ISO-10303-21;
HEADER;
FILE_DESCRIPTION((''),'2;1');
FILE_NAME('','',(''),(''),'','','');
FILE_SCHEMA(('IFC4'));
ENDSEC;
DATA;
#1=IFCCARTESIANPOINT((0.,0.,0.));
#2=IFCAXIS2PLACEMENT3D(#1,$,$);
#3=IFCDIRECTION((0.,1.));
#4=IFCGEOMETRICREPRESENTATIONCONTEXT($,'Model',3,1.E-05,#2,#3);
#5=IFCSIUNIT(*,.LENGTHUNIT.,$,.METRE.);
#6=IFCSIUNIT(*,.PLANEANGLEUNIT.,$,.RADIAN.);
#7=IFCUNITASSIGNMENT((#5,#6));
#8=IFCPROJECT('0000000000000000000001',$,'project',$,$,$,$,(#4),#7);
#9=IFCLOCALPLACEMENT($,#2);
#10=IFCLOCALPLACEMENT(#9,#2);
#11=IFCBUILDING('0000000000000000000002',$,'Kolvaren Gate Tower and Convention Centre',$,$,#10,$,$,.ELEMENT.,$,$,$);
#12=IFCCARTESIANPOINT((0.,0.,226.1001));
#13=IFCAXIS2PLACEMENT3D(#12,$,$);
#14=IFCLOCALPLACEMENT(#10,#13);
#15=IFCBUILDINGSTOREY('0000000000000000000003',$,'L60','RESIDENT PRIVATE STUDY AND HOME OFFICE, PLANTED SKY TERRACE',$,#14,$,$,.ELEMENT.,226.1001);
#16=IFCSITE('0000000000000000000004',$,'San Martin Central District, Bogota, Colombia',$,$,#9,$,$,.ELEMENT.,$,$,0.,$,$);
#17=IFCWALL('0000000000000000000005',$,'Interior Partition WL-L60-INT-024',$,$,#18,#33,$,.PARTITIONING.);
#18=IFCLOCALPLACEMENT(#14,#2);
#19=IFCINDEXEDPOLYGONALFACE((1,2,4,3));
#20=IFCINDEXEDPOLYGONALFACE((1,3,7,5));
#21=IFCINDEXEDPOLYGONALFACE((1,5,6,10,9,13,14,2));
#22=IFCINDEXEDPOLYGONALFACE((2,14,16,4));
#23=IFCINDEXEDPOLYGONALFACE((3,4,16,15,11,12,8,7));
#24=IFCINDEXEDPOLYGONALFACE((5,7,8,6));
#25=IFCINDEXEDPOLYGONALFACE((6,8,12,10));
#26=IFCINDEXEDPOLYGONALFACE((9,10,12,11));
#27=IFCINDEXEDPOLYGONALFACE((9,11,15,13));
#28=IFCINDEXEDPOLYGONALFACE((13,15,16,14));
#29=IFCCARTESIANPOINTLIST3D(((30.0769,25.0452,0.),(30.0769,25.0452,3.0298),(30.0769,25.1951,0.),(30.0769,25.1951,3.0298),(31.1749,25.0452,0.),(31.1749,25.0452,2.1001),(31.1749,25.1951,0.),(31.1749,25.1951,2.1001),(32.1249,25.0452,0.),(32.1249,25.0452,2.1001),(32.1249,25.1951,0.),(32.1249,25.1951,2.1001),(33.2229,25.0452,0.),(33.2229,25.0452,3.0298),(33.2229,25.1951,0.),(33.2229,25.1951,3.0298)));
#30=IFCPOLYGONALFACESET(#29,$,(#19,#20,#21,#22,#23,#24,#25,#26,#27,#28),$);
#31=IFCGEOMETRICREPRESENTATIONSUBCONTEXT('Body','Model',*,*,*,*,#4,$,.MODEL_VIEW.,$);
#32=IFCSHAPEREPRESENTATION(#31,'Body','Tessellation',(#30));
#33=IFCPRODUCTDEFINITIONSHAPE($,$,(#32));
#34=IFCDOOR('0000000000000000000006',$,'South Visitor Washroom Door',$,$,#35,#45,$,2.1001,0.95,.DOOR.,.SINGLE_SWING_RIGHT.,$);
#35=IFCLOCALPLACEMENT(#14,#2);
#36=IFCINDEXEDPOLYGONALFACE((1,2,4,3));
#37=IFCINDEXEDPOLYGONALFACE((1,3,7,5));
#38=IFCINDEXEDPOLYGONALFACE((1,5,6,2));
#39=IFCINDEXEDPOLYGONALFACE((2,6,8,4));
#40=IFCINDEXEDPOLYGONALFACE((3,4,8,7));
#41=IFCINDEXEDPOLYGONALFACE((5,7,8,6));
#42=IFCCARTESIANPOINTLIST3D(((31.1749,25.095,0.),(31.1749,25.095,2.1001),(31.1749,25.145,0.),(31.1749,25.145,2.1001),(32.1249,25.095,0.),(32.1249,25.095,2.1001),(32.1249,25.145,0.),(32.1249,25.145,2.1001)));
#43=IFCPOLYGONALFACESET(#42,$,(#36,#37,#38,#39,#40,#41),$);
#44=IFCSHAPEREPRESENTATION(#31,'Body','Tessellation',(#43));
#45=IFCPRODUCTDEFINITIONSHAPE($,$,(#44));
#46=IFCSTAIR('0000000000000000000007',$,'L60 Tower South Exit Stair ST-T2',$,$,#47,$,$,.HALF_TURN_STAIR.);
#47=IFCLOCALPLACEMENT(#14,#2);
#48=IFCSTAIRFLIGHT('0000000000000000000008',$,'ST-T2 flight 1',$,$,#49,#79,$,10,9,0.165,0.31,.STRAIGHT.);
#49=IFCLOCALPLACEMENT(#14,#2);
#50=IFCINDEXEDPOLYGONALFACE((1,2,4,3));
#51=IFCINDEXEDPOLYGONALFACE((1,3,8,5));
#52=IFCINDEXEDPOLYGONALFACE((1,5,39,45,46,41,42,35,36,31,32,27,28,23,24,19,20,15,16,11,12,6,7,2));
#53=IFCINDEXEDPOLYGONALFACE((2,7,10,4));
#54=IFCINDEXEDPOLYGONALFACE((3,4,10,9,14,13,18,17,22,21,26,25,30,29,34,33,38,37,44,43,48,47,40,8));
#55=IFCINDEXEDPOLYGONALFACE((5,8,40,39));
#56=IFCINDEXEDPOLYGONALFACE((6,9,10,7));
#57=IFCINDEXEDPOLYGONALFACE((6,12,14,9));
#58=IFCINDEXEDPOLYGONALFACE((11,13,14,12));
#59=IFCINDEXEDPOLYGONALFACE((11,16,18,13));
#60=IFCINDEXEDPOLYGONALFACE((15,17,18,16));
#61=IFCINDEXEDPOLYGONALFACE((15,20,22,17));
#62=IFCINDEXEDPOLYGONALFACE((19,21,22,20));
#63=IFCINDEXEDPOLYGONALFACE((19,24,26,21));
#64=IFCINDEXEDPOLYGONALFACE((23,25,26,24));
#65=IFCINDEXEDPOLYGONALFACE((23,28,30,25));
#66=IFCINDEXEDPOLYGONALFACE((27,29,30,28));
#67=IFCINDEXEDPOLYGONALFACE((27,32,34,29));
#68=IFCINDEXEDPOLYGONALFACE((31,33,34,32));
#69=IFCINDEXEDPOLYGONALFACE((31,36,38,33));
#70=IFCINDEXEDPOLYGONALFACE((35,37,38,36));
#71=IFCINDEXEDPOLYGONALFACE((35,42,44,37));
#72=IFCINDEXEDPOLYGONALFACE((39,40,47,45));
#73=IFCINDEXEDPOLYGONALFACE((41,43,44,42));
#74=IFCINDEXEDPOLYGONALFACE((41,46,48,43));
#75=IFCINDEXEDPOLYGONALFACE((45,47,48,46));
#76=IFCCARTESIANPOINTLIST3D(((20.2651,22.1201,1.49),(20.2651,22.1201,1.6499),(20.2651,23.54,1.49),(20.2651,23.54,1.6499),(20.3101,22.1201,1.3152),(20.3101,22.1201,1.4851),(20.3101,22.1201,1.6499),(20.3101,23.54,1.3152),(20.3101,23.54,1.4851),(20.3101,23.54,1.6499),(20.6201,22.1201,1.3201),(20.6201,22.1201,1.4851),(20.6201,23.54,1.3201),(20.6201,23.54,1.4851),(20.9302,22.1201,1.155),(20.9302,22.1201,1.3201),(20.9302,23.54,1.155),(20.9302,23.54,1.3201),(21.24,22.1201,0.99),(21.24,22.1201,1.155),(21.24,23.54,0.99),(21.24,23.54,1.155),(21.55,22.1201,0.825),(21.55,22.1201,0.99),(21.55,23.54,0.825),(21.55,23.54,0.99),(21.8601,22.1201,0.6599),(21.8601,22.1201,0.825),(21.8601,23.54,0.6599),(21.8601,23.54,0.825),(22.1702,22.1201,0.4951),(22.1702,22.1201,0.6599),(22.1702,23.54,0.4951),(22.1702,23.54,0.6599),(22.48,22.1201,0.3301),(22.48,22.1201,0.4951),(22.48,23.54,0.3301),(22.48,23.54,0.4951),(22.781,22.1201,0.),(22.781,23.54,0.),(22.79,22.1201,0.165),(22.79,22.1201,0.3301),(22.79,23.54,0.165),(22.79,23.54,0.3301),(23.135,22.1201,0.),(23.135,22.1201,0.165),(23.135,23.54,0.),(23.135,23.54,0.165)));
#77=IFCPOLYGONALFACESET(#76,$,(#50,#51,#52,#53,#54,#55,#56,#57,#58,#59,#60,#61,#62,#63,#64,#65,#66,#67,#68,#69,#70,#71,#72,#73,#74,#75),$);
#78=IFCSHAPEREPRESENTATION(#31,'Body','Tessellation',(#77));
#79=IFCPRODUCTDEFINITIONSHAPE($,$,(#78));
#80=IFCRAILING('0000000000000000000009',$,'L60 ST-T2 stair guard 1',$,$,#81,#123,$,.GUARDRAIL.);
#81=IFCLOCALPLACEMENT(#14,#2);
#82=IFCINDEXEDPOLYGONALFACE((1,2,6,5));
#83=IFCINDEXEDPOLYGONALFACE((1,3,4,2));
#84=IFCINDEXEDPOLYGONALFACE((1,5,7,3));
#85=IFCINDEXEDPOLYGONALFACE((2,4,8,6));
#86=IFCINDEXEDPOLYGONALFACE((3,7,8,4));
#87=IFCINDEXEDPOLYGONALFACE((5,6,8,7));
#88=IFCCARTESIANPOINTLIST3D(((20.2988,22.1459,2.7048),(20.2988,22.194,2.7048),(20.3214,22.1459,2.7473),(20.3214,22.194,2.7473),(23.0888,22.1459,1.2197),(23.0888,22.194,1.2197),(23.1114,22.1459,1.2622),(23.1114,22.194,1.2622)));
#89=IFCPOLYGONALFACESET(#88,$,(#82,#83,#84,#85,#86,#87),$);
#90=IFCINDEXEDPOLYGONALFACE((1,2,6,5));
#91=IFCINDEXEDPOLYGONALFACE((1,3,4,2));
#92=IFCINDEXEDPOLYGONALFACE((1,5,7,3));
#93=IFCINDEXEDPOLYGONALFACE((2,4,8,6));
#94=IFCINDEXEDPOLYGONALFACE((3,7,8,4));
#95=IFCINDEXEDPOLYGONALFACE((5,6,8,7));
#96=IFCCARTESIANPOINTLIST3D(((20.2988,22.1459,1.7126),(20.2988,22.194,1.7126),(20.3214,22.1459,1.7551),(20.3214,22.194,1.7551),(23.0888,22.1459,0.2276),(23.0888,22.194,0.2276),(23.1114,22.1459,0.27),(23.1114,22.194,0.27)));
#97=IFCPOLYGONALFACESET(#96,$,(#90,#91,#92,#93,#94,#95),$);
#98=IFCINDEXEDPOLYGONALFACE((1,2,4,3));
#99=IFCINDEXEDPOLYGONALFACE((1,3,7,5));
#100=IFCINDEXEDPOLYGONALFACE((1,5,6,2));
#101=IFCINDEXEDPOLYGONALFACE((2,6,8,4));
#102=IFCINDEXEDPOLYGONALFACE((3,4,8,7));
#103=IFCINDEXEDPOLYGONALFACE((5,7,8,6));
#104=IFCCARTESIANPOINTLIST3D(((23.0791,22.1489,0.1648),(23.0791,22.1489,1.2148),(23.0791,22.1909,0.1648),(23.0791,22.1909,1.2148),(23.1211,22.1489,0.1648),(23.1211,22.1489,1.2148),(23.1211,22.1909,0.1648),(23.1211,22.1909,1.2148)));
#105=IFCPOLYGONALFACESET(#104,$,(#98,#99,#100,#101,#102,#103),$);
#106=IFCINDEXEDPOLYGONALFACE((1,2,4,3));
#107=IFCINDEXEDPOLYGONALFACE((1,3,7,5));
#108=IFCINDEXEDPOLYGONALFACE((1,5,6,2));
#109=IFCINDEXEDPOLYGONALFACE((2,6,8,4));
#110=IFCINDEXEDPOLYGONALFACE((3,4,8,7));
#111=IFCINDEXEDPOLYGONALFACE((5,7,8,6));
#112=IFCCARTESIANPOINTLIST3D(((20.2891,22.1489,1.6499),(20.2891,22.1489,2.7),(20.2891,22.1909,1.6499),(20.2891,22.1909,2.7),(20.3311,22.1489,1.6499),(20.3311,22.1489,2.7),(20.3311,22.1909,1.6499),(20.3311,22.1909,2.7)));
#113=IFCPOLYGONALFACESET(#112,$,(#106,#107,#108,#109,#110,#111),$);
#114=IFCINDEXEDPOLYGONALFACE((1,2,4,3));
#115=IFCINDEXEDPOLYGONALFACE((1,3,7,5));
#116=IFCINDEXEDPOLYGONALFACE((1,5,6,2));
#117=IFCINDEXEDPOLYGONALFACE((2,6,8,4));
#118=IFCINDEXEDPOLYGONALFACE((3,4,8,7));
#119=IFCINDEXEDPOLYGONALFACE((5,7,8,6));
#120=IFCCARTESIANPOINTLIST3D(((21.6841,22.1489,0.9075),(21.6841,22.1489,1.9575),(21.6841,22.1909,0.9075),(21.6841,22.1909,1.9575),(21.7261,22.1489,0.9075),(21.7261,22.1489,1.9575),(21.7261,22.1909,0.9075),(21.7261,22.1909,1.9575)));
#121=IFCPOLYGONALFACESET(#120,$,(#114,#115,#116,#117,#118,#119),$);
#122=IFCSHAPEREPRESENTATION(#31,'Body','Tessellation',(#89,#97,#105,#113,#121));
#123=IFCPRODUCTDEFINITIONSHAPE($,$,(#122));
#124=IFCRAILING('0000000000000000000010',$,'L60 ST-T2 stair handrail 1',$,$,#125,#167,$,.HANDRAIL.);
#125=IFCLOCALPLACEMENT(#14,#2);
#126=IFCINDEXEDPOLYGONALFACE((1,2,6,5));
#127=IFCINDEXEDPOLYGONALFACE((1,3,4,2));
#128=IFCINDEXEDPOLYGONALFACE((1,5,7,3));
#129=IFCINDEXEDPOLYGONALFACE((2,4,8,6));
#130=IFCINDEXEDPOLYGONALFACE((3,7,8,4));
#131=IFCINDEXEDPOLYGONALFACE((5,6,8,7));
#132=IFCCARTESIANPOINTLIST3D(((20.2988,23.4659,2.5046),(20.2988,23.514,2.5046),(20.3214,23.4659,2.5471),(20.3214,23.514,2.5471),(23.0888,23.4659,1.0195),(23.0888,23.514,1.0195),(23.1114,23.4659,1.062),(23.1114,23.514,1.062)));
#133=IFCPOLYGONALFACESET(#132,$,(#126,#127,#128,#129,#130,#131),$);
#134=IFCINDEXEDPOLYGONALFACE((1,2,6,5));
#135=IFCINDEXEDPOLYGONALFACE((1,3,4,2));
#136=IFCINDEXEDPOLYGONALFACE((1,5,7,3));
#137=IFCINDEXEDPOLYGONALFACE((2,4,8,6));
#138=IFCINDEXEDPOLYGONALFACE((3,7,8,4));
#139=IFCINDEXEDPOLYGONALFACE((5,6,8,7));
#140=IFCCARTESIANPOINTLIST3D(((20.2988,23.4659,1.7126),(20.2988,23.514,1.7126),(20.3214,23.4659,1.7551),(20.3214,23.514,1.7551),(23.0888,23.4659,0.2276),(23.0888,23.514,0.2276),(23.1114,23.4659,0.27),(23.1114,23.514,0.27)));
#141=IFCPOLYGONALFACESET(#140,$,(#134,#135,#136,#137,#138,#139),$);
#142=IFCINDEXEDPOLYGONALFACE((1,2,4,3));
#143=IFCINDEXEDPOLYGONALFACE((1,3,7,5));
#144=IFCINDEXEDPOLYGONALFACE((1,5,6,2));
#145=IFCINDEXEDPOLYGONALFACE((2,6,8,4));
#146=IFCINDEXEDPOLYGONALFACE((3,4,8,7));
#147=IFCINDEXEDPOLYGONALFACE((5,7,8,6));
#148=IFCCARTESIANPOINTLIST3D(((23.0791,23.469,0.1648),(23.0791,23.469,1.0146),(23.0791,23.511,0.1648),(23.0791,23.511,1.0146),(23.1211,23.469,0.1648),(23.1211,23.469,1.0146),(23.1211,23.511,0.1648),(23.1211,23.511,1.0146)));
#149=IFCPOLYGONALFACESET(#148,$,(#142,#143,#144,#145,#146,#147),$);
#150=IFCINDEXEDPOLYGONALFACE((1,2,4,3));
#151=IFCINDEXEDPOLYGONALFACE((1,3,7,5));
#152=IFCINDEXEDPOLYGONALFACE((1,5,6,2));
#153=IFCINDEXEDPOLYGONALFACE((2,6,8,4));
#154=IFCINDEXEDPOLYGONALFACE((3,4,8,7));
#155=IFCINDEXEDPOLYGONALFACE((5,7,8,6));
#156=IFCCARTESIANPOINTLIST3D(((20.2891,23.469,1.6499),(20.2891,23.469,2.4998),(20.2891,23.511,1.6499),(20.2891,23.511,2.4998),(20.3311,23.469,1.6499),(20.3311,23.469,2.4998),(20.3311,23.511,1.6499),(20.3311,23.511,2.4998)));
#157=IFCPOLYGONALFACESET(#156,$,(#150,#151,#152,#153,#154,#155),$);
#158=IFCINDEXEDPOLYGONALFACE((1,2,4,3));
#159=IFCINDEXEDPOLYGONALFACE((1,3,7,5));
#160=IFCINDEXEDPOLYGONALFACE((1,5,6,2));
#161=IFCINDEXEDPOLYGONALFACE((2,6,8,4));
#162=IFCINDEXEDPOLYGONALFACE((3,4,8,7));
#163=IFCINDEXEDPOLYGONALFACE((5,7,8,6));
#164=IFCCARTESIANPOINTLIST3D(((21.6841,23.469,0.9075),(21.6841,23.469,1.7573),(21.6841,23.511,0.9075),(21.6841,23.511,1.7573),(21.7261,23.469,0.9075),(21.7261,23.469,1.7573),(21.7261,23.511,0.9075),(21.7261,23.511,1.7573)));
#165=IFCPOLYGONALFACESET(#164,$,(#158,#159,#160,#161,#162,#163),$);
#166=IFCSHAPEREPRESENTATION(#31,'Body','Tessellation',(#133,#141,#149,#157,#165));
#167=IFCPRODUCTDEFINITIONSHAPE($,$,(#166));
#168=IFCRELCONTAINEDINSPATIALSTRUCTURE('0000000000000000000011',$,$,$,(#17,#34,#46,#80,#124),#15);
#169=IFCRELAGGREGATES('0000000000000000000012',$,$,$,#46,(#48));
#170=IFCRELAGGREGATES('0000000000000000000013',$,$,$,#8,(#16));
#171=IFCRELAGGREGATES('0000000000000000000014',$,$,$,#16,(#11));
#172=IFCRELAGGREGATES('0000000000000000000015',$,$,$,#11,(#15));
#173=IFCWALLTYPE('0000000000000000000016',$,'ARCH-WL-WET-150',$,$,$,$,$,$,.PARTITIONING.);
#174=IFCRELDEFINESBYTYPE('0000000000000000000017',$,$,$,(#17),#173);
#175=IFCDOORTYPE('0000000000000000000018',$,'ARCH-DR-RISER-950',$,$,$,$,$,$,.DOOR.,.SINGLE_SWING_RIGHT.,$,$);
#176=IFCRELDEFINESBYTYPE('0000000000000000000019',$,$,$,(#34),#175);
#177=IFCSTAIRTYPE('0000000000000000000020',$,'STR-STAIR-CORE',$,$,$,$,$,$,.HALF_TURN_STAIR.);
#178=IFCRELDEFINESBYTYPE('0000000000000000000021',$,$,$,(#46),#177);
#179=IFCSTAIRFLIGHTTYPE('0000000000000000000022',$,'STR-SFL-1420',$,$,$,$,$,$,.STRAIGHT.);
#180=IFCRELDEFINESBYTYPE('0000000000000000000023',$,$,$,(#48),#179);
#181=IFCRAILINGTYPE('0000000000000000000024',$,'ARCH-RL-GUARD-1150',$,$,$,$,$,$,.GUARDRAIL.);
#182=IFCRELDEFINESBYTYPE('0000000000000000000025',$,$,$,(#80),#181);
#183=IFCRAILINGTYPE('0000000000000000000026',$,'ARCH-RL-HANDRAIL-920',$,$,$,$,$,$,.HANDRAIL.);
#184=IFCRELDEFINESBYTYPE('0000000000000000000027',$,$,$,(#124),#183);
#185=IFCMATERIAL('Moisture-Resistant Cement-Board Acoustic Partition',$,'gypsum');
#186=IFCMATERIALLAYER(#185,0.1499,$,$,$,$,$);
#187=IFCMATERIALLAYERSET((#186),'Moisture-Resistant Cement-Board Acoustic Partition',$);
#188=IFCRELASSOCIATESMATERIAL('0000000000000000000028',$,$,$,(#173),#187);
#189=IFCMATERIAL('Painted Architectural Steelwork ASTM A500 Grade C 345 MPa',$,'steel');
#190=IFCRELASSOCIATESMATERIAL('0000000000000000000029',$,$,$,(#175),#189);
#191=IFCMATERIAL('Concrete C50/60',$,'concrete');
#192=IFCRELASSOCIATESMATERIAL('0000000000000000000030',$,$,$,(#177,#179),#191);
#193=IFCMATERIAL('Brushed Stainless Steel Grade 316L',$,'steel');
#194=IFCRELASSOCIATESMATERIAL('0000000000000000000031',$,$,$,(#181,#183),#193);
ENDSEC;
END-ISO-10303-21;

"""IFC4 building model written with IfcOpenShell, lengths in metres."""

from ifc_helpers import new_model, si_unit, direction, frame, frame_2d, origin, origin_2d, place, context, subcontext, project, spatial, polyline, rectangle, outline, extrude, material, layer, layer_set, type_object, element, fill, aggregate, save


model = new_model("IFC4")

# Units and contexts
model_context = context("Model", 3, precision=1e-05, world=origin(), true_north=direction((0.0, 1.0)))
body_context = subcontext(model_context, "Body", "Model", "MODEL_VIEW")
ifc_project = project(units=[si_unit("LENGTHUNIT", "METRE"), si_unit("PLANEANGLEUNIT", "RADIAN")], contexts=[model_context])

# Site, building, storey
site_placement = place(None, origin())
site = spatial("IfcSite", under=ifc_project, at=site_placement, Name="San Martin Central District, Bogota, Colombia", CompositionType="ELEMENT", RefElevation=0.0)
building_placement = place(site_placement, origin())
building = spatial("IfcBuilding", under=site, at=building_placement, Name="Kolvaren Gate Tower and Convention Centre", CompositionType="ELEMENT")
storey_placement = place(building_placement, frame((0.0, 0.0, 226.1001)))
storey = spatial("IfcBuildingStorey", under=building, at=storey_placement, Name="L60", Description="RESIDENT PRIVATE STUDY AND HOME OFFICE, PLANTED SKY TERRACE", CompositionType="ELEMENT", Elevation=226.1001)

# Shared definitions
ifc_material_1 = material(Name="Brushed Stainless Steel Grade 316L", Category="steel")

# Shared definitions
ifc_material_2 = material(Name="Moisture-Resistant Cement-Board Acoustic Partition", Category="gypsum")
ifc_layer_1 = layer(ifc_material_2, 0.1499)
ifc_layer_set_1 = layer_set([ifc_layer_1], Name="Moisture-Resistant Cement-Board Acoustic Partition")
wall_type_1 = type_object("IfcWallType", Name="ARCH-WL-WET-150", PredefinedType="PARTITIONING", material=ifc_layer_set_1)

# Wall, opening, door
wall_1_placement = place(storey_placement, frame((30.0769, 25.1201, 0.0), z_axis=(0.0, 0.0, 1.0), x_axis=(1.0, 0.0, 0.0)))
wall_1 = element("IfcWall", 1, at=wall_1_placement, inside=storey, type_object=wall_type_1, Name="Interior Partition WL-L60-INT-024", PredefinedType="PARTITIONING", context=body_context, shape_type="SweptSolid", body=[
    extrude(rectangle(XDim=3.146, YDim=0.1499, at=frame_2d((1.573, 0.0))), origin(), (0.0, 0.0, 1.0), 3.0298),
])
opening_1_placement = place(wall_1_placement, frame((1.0979, 0.0, 0.0)))
opening_1 = element("IfcOpeningElement", 2, at=opening_1_placement, cuts=wall_1, PredefinedType="OPENING", context=body_context, shape_type="SweptSolid", body=[
    extrude(rectangle(XDim=0.95, YDim=2.1001, at=frame_2d((0.4751, 1.05))), frame((0.0, 0.085, 0.0), z_axis=(0.0, -1.0, 0.0), x_axis=(1.0, 0.0, 0.0)), (0.0, 0.0, 1.0), 0.1699),
])
ifc_material_3 = material(Name="Painted Architectural Steelwork ASTM A500 Grade C 345 MPa", Category="steel")
door_type_1 = type_object("IfcDoorType", Name="ARCH-DR-RISER-950", OperationType="SINGLE_SWING_RIGHT", PredefinedType="DOOR", material=ifc_material_3)
door_1_placement = place(opening_1_placement, origin())
door_1 = element("IfcDoor", 3, at=door_1_placement, inside=storey, type_object=door_type_1, Name="South Visitor Washroom Door", OperationType="SINGLE_SWING_RIGHT", OverallHeight=2.1001, OverallWidth=0.95, PredefinedType="DOOR", context=body_context, shape_type="SweptSolid", body=[
    extrude(rectangle(XDim=0.95, YDim=2.1001, at=frame_2d((0.4751, 1.05))), frame((0.0, 0.0249, 0.0), z_axis=(0.0, -1.0, 0.0), x_axis=(1.0, 0.0, 0.0)), (0.0, 0.0, 1.0), 0.05),
])
fill(opening_1, door_1)

# Stair, stair flight
ifc_material_4 = material(Name="Concrete C50/60", Category="concrete")
stair_type = type_object("IfcStairType", Name="STR-STAIR-CORE", PredefinedType="HALF_TURN_STAIR", material=ifc_material_4)
stair_placement = place(storey_placement, origin())
stair = element("IfcStair", 4, at=stair_placement, inside=storey, type_object=stair_type, Name="L60 Tower South Exit Stair ST-T2", PredefinedType="HALF_TURN_STAIR")
stair_flight_type = type_object("IfcStairFlightType", Name="STR-SFL-1420", PredefinedType="STRAIGHT", material=ifc_material_4)
stair_flight_placement = place(storey_placement, frame((23.1001, 22.8301, 0.0), z_axis=(0.0, 0.0, 1.0), x_axis=(-1.0, 0.0, 0.0)))
stair_flight = element("IfcStairFlight", 5, at=stair_flight_placement, type_object=stair_flight_type, Name="ST-T2 flight 1", NumberOfRisers=10, NumberOfTreads=9, PredefinedType="STRAIGHT", RiserHeight=0.165, TreadLength=0.31, context=body_context, shape_type="SweptSolid", body=[
    extrude(outline(polyline([(-0.0349, 0.0), (-0.0349, 0.165), (0.3101, 0.165), (0.3101, 0.3301), (0.6201, 0.3301), (0.6201, 0.4951), (0.9299, 0.4951), (0.9299, 0.6599), (1.24, 0.6599), (1.24, 0.825), (1.55, 0.825), (1.55, 0.99), (1.8601, 0.99), (1.8601, 1.155), (2.1699, 1.155), (2.1699, 1.3201), (2.48, 1.3201), (2.48, 1.4851), (2.79, 1.4851), (2.79, 1.6499), (2.835, 1.6499), (2.835, 1.49), (2.79, 1.3152), (0.3191, 0.0), (-0.0349, 0.0)])), frame((0.0, 0.71, 0.0), z_axis=(0.0, -1.0, 0.0), x_axis=(1.0, 0.0, 0.0)), (0.0, 0.0, 1.0), 1.4199),
])
aggregate(stair, [stair_flight])

# Railings
railing_type_1 = type_object("IfcRailingType", Name="ARCH-RL-GUARD-1150", PredefinedType="GUARDRAIL", material=ifc_material_1)
railing_1_placement = place(storey_placement, frame((23.1001, 22.1699, 0.1648)))
element("IfcRailing", 6, at=railing_1_placement, inside=storey, type_object=railing_type_1, Name="L60 ST-T2 stair guard 1", PredefinedType="GUARDRAIL", context=body_context, shape_type="SweptSolid", body=[
    extrude(rectangle(XDim=0.0481, YDim=0.0481, at=origin_2d()), frame((0.0, 0.0, 1.0762), z_axis=(-0.882735, 0.0, 0.46987), x_axis=(0.0, -1.0, 0.0)), (0.0, 0.0, 1.0), 3.1606),
    extrude(rectangle(XDim=0.0481, YDim=0.0481, at=origin_2d()), frame((0.0, 0.0, 0.084), z_axis=(-0.882735, 0.0, 0.46987), x_axis=(0.0, -1.0, 0.0)), (0.0, 0.0, 1.0), 3.1606),
    extrude(rectangle(XDim=0.042, YDim=0.042, at=origin_2d()), origin(), (0.0, 0.0, 1.0), 1.05),
    extrude(rectangle(XDim=0.042, YDim=0.042, at=origin_2d()), frame((-2.79, 0.0, 1.4851)), (0.0, 0.0, 1.0), 1.05),
    extrude(rectangle(XDim=0.042, YDim=0.042, at=origin_2d()), frame((-1.395, 0.0, 0.7427)), (0.0, 0.0, 1.0), 1.05),
])
railing_type_2 = type_object("IfcRailingType", Name="ARCH-RL-HANDRAIL-920", PredefinedType="HANDRAIL", material=ifc_material_1)
railing_2_placement = place(storey_placement, frame((23.1001, 23.49, 0.1648)))
element("IfcRailing", 7, at=railing_2_placement, inside=storey, type_object=railing_type_2, Name="L60 ST-T2 stair handrail 1", PredefinedType="HANDRAIL", context=body_context, shape_type="SweptSolid", body=[
    extrude(rectangle(XDim=0.0481, YDim=0.0481, at=origin_2d()), frame((0.0, 0.0, 0.876), z_axis=(-0.882735, 0.0, 0.46987), x_axis=(0.0, -1.0, 0.0)), (0.0, 0.0, 1.0), 3.1606),
    extrude(rectangle(XDim=0.0481, YDim=0.0481, at=origin_2d()), frame((0.0, 0.0, 0.084), z_axis=(-0.882735, 0.0, 0.46987), x_axis=(0.0, -1.0, 0.0)), (0.0, 0.0, 1.0), 3.1606),
    extrude(rectangle(XDim=0.042, YDim=0.042, at=origin_2d()), origin(), (0.0, 0.0, 1.0), 0.8499),
    extrude(rectangle(XDim=0.042, YDim=0.042, at=origin_2d()), frame((-2.79, 0.0, 1.4851)), (0.0, 0.0, 1.0), 0.8499),
    extrude(rectangle(XDim=0.042, YDim=0.042, at=origin_2d()), frame((-1.395, 0.0, 0.7427)), (0.0, 0.0, 1.0), 0.8499),
])

save(model, "model.ifc")
